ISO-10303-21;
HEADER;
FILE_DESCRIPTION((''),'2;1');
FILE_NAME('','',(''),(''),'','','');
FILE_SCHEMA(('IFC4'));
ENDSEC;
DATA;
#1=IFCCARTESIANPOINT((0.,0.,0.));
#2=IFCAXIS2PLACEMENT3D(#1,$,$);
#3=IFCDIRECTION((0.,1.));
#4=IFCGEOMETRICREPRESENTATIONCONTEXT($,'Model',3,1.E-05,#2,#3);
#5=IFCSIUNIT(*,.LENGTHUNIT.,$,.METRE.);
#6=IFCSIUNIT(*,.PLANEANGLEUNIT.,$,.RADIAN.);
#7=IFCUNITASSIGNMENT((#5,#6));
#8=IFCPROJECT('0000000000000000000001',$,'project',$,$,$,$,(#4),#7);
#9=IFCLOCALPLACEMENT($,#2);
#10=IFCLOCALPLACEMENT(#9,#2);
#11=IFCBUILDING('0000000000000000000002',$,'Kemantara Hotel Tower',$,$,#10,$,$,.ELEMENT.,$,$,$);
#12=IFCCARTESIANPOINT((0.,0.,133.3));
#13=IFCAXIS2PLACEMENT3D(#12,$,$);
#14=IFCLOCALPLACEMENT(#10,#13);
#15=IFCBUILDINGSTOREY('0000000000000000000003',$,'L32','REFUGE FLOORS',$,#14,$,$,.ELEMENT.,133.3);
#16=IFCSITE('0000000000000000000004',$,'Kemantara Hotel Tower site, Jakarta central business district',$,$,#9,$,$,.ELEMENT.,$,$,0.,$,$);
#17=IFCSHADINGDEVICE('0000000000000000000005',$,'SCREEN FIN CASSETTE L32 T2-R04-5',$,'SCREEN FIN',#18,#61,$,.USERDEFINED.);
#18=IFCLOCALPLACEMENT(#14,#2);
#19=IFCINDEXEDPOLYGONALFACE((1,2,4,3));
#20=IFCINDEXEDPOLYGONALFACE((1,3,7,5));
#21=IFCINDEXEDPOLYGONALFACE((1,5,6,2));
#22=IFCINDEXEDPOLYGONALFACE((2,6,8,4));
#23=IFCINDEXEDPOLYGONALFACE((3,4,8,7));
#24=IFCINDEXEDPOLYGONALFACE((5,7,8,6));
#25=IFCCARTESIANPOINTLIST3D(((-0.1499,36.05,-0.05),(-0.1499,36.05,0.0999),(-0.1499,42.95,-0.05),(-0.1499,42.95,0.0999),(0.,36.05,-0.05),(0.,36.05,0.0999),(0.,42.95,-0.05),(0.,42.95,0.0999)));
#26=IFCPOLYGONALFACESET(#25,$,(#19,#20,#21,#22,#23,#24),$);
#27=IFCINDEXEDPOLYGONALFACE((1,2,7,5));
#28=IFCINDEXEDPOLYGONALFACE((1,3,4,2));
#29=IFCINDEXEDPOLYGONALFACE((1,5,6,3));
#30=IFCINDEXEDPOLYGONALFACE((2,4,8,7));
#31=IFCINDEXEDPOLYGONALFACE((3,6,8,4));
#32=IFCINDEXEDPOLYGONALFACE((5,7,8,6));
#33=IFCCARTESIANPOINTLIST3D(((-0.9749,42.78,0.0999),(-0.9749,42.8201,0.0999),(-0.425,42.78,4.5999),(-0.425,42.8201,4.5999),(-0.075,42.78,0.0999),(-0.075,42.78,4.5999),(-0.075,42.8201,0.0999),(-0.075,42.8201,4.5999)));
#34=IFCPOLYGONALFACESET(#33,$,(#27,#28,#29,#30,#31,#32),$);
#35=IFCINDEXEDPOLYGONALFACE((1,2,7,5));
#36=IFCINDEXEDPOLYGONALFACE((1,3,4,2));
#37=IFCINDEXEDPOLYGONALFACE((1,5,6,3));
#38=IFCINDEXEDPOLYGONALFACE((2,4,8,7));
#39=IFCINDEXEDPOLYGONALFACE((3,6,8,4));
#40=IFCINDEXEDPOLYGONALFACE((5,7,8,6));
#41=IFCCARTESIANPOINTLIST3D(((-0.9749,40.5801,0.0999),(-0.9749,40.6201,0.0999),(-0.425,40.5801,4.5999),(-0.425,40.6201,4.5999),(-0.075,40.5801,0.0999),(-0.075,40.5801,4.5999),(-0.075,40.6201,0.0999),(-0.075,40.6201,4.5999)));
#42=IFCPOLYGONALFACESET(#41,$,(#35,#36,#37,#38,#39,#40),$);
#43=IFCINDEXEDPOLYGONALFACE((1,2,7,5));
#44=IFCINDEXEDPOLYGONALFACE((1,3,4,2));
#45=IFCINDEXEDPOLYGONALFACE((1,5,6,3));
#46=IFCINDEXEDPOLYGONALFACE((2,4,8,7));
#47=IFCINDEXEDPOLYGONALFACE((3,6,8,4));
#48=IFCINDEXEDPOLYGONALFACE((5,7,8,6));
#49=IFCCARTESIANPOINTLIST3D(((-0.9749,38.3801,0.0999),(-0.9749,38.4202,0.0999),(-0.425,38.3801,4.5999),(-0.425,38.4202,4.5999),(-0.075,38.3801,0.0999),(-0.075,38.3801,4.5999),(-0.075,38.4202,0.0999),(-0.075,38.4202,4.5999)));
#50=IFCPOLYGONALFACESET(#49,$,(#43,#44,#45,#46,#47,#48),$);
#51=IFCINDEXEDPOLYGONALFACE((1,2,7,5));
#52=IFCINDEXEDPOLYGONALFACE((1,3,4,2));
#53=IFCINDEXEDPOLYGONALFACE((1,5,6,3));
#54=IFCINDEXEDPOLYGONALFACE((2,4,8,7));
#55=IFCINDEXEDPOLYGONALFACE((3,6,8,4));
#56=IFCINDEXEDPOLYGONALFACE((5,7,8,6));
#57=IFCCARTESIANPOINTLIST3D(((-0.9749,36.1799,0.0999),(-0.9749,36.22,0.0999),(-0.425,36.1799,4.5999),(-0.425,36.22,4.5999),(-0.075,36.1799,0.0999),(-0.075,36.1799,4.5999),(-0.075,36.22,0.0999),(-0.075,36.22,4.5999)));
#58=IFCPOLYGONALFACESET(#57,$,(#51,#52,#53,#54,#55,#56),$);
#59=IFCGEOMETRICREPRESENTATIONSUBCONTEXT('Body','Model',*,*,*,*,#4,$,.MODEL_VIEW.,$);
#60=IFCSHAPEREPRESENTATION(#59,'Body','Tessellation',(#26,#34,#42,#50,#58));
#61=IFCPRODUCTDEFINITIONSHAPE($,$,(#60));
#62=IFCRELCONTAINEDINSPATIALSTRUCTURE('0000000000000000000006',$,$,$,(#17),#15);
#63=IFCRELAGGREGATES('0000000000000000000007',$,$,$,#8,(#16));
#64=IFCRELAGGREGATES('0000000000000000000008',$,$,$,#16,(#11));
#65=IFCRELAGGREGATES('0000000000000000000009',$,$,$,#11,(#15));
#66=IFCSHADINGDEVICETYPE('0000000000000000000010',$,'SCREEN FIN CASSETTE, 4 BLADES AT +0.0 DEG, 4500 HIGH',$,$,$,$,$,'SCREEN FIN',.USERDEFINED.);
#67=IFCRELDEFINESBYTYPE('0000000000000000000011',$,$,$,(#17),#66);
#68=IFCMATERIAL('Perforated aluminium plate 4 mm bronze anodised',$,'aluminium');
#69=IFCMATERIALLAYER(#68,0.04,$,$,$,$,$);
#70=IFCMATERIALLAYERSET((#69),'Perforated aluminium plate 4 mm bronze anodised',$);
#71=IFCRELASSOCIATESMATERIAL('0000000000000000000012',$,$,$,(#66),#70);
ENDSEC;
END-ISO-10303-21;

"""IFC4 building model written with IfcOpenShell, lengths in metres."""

from ifc_helpers import new_model, si_unit, direction, frame, origin, origin_2d, place, context, subcontext, project, spatial, polyline, rectangle, outline, extrude, source, transform, mapped, material, layer, layer_set, type_object, element, save


model = new_model("IFC4")

# Units and contexts
model_context = context("Model", 3, precision=1e-05, world=origin(), true_north=direction((0.0, 1.0)))
body_context = subcontext(model_context, "Body", "Model", "MODEL_VIEW")
ifc_project = project(units=[si_unit("LENGTHUNIT", "METRE"), si_unit("PLANEANGLEUNIT", "RADIAN")], contexts=[model_context])

# Site, building, storey
site_placement = place(None, origin())
site = spatial("IfcSite", under=ifc_project, at=site_placement, Name="Kemantara Hotel Tower site, Jakarta central business district", CompositionType="ELEMENT", RefElevation=0.0)
building_placement = place(site_placement, origin())
building = spatial("IfcBuilding", under=site, at=building_placement, Name="Kemantara Hotel Tower", CompositionType="ELEMENT")
storey_placement = place(building_placement, frame((0.0, 0.0, 133.3)))
storey = spatial("IfcBuildingStorey", under=building, at=storey_placement, Name="L32", Description="REFUGE FLOORS", CompositionType="ELEMENT", Elevation=133.3)

# Shading device
ifc_material_1 = material(Name="Perforated aluminium plate 4 mm bronze anodised", Category="aluminium")
ifc_layer_1 = layer(ifc_material_1, 0.04)
ifc_layer_set_1 = layer_set([ifc_layer_1], Name="Perforated aluminium plate 4 mm bronze anodised")
shading_device_type_1 = type_object("IfcShadingDeviceType", Name="SCREEN FIN CASSETTE, 4 BLADES AT +0.0 DEG, 4500 HIGH", ElementType="SCREEN FIN", PredefinedType="USERDEFINED", material=ifc_layer_set_1)
shared_shape_1 = source(origin(), body_context, "Body", "SweptSolid", [
    extrude(rectangle(XDim=6.8999, YDim=0.1499, at=origin_2d()), frame((3.3, -0.075, -0.1499), z_axis=(0.0, 0.0, 1.0), x_axis=(1.0, 0.0, 0.0)), (0.0, 0.0, 1.0), 0.1499),
    extrude(outline(polyline([(0.0, 0.0), (0.8999, 0.0), (0.3501, 4.5), (0.0, 4.5), (0.0, 0.0)])), frame((0.02, -0.075, 0.0), z_axis=(-1.0, 0.0, 0.0), x_axis=(0.0, -1.0, 0.0)), (0.0, 0.0, 1.0), 0.04),
    extrude(outline(polyline([(0.0, 0.0), (0.8999, 0.0), (0.3501, 4.5), (0.0, 4.5), (0.0, 0.0)])), frame((2.22, -0.075, 0.0), z_axis=(-1.0, 0.0, 0.0), x_axis=(0.0, -1.0, 0.0)), (0.0, 0.0, 1.0), 0.04),
    extrude(outline(polyline([(0.0, 0.0), (0.8999, 0.0), (0.3501, 4.5), (0.0, 4.5), (0.0, 0.0)])), frame((4.4199, -0.075, 0.0), z_axis=(-1.0, 0.0, 0.0), x_axis=(0.0, -1.0, 0.0)), (0.0, 0.0, 1.0), 0.04),
    extrude(outline(polyline([(0.0, 0.0), (0.8999, 0.0), (0.3501, 4.5), (0.0, 4.5), (0.0, 0.0)])), frame((6.6201, -0.075, 0.0), z_axis=(-1.0, 0.0, 0.0), x_axis=(0.0, -1.0, 0.0)), (0.0, 0.0, 1.0), 0.04),
])
shading_device_placement = place(storey_placement, frame((0.0, 42.8, 0.0999), z_axis=(0.0, 0.0, 1.0), x_axis=(0.0, -1.0, 0.0)))
element("IfcShadingDevice", 1, at=shading_device_placement, inside=storey, type_object=shading_device_type_1, Name="SCREEN FIN CASSETTE L32 T2-R04-5", ObjectType="SCREEN FIN", PredefinedType="USERDEFINED", context=body_context, shape_type="MappedRepresentation", body=[
    mapped(shared_shape_1, transform((0.0, 0.0, 0.0))),
])

save(model, "model.ifc")
